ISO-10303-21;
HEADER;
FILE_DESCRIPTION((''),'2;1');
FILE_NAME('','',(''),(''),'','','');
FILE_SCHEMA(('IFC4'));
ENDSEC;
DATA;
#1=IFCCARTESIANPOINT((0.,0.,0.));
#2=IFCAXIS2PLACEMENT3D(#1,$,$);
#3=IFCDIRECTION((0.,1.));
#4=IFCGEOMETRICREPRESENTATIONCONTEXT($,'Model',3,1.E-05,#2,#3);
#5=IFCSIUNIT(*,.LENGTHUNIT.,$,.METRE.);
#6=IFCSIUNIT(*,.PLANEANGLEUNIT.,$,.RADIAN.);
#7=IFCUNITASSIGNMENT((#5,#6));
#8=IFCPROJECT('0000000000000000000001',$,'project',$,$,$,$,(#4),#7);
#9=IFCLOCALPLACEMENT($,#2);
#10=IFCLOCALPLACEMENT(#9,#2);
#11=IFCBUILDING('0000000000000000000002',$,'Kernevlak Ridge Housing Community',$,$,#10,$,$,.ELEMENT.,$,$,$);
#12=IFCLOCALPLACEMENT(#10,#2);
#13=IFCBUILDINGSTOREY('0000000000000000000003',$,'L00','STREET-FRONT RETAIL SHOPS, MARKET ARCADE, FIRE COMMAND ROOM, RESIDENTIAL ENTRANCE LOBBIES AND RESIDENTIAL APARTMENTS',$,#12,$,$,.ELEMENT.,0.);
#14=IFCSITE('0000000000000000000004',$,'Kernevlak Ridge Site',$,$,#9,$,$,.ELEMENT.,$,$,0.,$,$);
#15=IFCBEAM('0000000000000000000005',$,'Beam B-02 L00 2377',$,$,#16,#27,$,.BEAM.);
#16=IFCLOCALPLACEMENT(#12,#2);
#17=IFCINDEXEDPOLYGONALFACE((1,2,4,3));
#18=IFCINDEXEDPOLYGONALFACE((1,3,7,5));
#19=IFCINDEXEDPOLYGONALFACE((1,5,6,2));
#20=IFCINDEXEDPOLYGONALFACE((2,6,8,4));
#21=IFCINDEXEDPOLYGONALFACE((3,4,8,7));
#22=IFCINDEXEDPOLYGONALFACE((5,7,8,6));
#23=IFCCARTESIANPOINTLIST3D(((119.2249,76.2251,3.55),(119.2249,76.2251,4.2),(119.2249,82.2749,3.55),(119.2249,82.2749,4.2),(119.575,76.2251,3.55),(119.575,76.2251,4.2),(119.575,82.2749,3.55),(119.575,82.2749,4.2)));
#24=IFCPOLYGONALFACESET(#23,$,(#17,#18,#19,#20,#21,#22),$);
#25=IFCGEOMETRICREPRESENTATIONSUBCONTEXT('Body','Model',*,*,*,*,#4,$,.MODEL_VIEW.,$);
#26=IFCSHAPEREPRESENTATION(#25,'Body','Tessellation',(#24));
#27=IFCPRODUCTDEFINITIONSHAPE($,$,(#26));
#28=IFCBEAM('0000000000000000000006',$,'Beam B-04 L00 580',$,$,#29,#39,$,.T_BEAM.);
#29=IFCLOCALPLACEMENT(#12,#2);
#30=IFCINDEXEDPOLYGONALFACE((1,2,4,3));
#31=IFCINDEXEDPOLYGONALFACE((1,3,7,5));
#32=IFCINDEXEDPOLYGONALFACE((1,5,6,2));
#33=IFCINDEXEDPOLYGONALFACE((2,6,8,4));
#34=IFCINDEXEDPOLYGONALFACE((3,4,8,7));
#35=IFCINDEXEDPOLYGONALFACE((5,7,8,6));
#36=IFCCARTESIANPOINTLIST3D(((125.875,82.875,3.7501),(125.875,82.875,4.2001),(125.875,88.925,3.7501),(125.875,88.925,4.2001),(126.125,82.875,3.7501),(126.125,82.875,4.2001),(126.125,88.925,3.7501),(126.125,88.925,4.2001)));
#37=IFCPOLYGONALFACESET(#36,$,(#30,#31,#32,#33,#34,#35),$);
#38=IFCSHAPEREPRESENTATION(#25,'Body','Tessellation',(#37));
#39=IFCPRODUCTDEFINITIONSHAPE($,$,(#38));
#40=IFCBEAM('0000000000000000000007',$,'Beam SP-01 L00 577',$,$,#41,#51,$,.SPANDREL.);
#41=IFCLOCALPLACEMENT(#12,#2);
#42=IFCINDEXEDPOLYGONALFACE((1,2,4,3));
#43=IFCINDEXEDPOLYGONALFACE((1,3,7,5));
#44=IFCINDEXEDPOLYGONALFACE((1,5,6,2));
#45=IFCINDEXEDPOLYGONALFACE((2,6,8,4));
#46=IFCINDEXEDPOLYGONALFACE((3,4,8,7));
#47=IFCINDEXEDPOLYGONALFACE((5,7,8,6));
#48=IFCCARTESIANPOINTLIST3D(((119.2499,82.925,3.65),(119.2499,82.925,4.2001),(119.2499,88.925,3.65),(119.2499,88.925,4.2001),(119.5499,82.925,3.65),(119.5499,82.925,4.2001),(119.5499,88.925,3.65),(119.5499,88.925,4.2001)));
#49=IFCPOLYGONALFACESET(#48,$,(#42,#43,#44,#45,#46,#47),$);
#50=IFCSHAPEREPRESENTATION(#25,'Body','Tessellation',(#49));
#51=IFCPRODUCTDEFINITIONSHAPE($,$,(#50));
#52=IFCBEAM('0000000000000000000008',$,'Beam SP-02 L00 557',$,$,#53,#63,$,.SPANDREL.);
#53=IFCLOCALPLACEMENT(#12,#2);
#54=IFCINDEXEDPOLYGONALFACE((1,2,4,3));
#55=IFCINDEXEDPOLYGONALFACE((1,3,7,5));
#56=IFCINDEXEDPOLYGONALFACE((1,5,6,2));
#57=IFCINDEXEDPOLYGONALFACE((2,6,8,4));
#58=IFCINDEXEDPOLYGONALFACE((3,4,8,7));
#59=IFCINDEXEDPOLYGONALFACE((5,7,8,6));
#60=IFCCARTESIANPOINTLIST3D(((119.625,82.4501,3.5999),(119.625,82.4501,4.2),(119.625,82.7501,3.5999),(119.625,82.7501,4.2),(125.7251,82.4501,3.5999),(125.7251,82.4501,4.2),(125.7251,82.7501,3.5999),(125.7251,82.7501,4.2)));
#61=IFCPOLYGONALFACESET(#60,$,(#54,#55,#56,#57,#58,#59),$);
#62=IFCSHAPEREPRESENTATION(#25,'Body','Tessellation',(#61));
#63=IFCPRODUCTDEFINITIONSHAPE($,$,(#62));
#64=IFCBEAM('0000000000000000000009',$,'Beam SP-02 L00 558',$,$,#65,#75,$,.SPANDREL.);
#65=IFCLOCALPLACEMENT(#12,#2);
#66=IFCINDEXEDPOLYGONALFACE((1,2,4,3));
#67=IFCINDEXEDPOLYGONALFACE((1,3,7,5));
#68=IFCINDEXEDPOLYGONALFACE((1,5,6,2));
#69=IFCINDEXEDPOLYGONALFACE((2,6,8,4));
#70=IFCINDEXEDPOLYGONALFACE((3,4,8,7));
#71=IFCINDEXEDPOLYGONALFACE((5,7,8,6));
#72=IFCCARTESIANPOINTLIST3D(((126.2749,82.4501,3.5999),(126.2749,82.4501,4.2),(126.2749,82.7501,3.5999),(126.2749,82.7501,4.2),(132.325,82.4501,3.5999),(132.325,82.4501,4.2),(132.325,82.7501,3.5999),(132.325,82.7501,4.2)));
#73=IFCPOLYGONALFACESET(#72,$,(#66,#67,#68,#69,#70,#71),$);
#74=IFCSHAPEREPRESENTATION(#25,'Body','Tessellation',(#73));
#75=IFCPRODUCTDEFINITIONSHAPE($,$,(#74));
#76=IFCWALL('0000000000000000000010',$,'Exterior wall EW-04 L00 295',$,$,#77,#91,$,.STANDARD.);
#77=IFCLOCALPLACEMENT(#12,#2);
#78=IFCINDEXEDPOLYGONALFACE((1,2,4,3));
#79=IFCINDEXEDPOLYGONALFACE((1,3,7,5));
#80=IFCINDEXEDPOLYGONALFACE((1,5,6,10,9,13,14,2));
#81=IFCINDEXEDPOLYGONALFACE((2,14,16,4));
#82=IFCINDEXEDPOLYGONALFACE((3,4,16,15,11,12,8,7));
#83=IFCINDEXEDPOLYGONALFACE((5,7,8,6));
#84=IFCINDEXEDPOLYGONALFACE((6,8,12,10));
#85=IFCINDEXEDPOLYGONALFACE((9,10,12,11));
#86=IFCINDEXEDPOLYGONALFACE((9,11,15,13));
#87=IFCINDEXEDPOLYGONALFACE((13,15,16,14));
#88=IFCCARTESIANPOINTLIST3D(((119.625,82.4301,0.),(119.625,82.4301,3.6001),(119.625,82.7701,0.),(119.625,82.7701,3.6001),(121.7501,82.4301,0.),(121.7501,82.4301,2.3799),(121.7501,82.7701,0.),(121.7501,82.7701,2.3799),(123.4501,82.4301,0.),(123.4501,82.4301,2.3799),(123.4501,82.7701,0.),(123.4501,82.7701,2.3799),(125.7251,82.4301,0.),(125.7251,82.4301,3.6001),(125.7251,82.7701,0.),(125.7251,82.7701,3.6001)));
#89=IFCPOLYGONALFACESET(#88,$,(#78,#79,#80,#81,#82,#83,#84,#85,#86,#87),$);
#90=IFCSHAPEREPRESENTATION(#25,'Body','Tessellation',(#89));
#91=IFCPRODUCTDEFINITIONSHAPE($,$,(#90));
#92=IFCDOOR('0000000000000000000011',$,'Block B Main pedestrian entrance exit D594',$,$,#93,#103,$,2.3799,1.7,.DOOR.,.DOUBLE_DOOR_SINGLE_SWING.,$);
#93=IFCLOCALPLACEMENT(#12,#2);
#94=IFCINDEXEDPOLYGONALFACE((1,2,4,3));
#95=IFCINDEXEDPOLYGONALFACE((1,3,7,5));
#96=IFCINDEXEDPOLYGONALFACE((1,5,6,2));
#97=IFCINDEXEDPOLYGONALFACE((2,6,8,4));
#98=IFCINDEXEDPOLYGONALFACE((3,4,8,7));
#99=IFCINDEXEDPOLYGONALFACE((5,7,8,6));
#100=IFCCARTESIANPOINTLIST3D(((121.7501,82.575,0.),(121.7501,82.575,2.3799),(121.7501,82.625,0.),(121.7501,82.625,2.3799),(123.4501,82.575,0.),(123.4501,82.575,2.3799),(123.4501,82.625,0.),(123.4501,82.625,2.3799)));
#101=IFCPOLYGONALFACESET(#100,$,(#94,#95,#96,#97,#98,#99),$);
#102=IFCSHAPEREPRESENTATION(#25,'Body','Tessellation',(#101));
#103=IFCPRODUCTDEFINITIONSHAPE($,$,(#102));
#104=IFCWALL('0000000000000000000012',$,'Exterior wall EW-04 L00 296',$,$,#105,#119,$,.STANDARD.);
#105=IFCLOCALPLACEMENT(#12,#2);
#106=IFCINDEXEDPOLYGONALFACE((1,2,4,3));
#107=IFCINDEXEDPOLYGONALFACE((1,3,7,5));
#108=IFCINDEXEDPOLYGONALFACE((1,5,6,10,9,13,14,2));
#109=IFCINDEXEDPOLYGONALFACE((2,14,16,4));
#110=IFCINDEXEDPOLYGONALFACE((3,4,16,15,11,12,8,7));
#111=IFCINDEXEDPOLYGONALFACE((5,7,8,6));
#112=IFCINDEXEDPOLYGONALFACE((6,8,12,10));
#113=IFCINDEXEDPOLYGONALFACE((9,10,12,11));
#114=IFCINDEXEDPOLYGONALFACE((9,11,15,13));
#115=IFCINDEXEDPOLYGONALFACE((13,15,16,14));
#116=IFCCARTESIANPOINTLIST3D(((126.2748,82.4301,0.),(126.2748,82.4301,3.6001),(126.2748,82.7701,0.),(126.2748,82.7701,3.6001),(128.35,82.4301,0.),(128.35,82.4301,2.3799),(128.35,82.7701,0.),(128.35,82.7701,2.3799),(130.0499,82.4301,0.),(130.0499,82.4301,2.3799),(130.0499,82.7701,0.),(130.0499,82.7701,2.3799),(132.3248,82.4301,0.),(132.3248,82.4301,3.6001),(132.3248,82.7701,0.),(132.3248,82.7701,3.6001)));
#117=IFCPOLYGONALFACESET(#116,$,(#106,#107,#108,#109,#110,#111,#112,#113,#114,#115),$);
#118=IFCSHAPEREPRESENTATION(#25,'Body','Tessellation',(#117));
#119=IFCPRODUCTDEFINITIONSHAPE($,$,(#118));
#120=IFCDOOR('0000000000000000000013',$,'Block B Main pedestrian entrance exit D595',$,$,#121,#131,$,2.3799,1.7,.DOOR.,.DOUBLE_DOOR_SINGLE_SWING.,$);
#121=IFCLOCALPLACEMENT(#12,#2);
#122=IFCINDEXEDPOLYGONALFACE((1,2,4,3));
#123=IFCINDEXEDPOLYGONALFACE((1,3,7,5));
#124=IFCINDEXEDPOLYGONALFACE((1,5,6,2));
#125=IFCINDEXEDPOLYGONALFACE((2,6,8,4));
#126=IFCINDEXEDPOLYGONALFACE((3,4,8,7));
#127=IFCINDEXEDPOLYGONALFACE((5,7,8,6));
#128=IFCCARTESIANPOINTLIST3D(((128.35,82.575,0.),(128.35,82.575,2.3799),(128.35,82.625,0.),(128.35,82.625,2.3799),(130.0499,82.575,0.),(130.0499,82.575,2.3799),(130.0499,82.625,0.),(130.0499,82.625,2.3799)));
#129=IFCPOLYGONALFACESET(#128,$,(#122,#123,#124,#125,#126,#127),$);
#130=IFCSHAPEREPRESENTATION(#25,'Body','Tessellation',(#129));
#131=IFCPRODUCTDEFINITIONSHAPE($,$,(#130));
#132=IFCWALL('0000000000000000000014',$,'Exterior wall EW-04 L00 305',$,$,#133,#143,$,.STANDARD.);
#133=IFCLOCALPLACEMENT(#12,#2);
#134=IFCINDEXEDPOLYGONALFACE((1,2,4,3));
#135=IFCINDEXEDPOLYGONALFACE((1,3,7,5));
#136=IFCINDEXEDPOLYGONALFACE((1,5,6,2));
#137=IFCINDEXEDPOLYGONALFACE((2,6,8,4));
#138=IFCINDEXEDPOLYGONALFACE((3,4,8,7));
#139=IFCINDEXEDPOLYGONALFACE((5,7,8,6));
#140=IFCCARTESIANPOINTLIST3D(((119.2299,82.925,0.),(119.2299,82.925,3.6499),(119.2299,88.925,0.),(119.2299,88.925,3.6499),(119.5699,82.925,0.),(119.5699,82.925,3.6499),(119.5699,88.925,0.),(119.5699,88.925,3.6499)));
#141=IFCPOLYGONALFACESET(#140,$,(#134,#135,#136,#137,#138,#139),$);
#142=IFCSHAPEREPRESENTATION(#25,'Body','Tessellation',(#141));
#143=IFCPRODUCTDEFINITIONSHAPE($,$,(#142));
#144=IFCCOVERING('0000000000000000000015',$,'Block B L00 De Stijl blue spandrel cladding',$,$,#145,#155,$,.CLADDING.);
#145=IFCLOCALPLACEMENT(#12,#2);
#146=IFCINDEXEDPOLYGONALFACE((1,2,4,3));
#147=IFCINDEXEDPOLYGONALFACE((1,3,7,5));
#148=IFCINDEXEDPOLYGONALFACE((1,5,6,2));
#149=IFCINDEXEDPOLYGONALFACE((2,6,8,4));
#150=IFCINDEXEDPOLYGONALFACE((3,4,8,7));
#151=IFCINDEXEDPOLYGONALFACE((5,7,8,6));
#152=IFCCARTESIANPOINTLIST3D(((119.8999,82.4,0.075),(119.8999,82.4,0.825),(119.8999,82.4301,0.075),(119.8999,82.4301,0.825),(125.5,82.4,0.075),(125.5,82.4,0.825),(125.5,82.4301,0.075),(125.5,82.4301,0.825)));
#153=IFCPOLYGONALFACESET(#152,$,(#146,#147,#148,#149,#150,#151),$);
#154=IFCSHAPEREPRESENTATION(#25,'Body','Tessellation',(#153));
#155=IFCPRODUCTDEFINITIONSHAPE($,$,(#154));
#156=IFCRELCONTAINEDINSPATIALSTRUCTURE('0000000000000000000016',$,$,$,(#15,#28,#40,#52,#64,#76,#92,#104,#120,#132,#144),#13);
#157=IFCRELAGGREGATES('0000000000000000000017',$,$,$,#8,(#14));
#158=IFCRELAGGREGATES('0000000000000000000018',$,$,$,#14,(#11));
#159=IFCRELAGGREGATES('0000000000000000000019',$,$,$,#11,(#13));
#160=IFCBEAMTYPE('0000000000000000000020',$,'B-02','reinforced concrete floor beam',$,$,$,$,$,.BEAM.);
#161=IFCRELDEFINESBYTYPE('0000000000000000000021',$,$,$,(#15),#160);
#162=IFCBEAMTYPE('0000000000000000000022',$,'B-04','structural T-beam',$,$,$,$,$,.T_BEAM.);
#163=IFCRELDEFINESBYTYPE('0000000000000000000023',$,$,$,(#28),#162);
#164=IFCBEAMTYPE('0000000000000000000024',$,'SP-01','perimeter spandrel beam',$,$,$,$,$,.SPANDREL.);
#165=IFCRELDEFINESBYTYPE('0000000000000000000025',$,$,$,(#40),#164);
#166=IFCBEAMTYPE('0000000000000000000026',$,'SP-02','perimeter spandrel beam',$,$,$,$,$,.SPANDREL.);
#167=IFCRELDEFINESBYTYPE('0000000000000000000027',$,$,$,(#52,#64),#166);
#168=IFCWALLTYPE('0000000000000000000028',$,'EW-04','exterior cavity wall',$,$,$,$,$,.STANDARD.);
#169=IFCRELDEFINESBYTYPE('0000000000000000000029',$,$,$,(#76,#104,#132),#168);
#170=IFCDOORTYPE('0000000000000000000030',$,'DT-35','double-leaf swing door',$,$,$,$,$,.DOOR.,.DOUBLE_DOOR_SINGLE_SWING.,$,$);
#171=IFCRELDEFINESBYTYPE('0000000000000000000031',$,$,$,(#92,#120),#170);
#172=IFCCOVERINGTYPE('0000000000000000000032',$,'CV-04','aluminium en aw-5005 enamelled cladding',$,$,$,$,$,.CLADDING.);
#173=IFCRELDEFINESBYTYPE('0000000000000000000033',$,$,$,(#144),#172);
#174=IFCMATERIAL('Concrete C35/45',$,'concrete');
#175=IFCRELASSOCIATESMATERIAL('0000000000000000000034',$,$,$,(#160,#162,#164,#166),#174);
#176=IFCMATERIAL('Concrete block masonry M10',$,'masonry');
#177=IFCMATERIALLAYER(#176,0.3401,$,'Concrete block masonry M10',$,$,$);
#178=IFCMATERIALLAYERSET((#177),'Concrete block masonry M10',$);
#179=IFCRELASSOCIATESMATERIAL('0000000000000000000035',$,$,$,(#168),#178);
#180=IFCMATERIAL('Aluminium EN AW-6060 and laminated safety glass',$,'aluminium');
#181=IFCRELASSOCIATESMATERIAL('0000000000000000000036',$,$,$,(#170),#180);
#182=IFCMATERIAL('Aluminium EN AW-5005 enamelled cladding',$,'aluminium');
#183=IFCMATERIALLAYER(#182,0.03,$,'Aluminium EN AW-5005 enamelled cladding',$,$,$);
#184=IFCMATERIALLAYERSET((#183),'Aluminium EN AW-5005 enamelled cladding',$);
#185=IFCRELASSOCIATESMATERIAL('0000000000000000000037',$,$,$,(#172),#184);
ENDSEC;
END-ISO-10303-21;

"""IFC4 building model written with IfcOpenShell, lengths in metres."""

from ifc_helpers import new_model, si_unit, direction, frame, frame_2d, origin, origin_2d, place, context, subcontext, project, spatial, rectangle, extrude, material, layer, layer_set, material_profile, profile_set, type_object, element, fill, save


model = new_model("IFC4")

# Units and contexts
model_context = context("Model", 3, precision=1e-05, world=origin(), true_north=direction((0.0, 1.0)))
body_context = subcontext(model_context, "Body", "Model", "MODEL_VIEW")
ifc_project = project(units=[si_unit("LENGTHUNIT", "METRE"), si_unit("PLANEANGLEUNIT", "RADIAN")], contexts=[model_context])

# Site, building, storey
site_placement = place(None, origin())
site = spatial("IfcSite", under=ifc_project, at=site_placement, Name="Kernevlak Ridge Site", CompositionType="ELEMENT", RefElevation=0.0)
building_placement = place(site_placement, origin())
building = spatial("IfcBuilding", under=site, at=building_placement, Name="Kernevlak Ridge Housing Community", CompositionType="ELEMENT")
storey_placement = place(building_placement, origin())
storey = spatial("IfcBuildingStorey", under=building, at=storey_placement, Name="L00", Description="STREET-FRONT RETAIL SHOPS, MARKET ARCADE, FIRE COMMAND ROOM, RESIDENTIAL ENTRANCE LOBBIES AND RESIDENTIAL APARTMENTS", CompositionType="ELEMENT", Elevation=0.0)

# Shared definitions
ifc_material_1 = material(Name="Concrete C35/45", Category="concrete")

# Beams
ifc_material_profile_1 = material_profile(ifc_material_1, rectangle(XDim=0.3501, YDim=0.6499, at=origin_2d()), Name="RC 350x650")
ifc_profile_set_1 = profile_set([ifc_material_profile_1], Name="Concrete C35/45")
beam_type_1 = type_object("IfcBeamType", Name="B-02", Description="reinforced concrete floor beam", PredefinedType="BEAM", material=ifc_profile_set_1)
beam_1_placement = place(storey_placement, frame((119.3999, 76.2251, 3.875), z_axis=(0.0, 1.0, 0.0), x_axis=(-1.0, 0.0, 0.0)))
element("IfcBeam", 1, at=beam_1_placement, inside=storey, type_object=beam_type_1, Name="Beam B-02 L00 2377", PredefinedType="BEAM", context=body_context, shape_type="SweptSolid", body=[
    extrude(rectangle(XDim=0.3501, YDim=0.6499, at=origin_2d()), origin(), (0.0, 0.0, 1.0), 6.0498),
])
ifc_material_profile_2 = material_profile(ifc_material_1, rectangle(XDim=0.25, YDim=0.45, at=origin_2d()), Name="RC 250x450")
ifc_profile_set_2 = profile_set([ifc_material_profile_2], Name="Concrete C35/45")
beam_type_2 = type_object("IfcBeamType", Name="B-04", Description="structural T-beam", PredefinedType="T_BEAM", material=ifc_profile_set_2)
beam_2_placement = place(storey_placement, frame((126.0, 82.875, 3.9751), z_axis=(0.0, 1.0, 0.0), x_axis=(-1.0, 0.0, 0.0)))
element("IfcBeam", 2, at=beam_2_placement, inside=storey, type_object=beam_type_2, Name="Beam B-04 L00 580", PredefinedType="T_BEAM", context=body_context, shape_type="SweptSolid", body=[
    extrude(rectangle(XDim=0.25, YDim=0.45, at=origin_2d()), origin(), (0.0, 0.0, 1.0), 6.05),
])
ifc_material_profile_3 = material_profile(ifc_material_1, rectangle(XDim=0.3, YDim=0.55, at=origin_2d()), Name="RC 300x550")
ifc_profile_set_3 = profile_set([ifc_material_profile_3], Name="Concrete C35/45")
beam_type_3 = type_object("IfcBeamType", Name="SP-01", Description="perimeter spandrel beam", PredefinedType="SPANDREL", material=ifc_profile_set_3)
beam_3_placement = place(storey_placement, frame((119.3999, 82.925, 3.925), z_axis=(0.0, 1.0, 0.0), x_axis=(-1.0, 0.0, 0.0)))
element("IfcBeam", 3, at=beam_3_placement, inside=storey, type_object=beam_type_3, Name="Beam SP-01 L00 577", PredefinedType="SPANDREL", context=body_context, shape_type="SweptSolid", body=[
    extrude(rectangle(XDim=0.3, YDim=0.55, at=origin_2d()), origin(), (0.0, 0.0, 1.0), 6.0),
])
ifc_material_profile_4 = material_profile(ifc_material_1, rectangle(XDim=0.3, YDim=0.6001, at=origin_2d()), Name="RC 300x600")
ifc_profile_set_4 = profile_set([ifc_material_profile_4], Name="Concrete C35/45")
beam_type_4 = type_object("IfcBeamType", Name="SP-02", Description="perimeter spandrel beam", PredefinedType="SPANDREL", material=ifc_profile_set_4)
beam_4_placement = place(storey_placement, frame((119.625, 82.6001, 3.8999), z_axis=(1.0, 0.0, 0.0), x_axis=(0.0, 1.0, 0.0)))
element("IfcBeam", 4, at=beam_4_placement, inside=storey, type_object=beam_type_4, Name="Beam SP-02 L00 557", PredefinedType="SPANDREL", context=body_context, shape_type="SweptSolid", body=[
    extrude(rectangle(XDim=0.3, YDim=0.6001, at=origin_2d()), origin(), (0.0, 0.0, 1.0), 6.1001),
])
beam_5_placement = place(storey_placement, frame((126.2749, 82.6001, 3.8999), z_axis=(1.0, 0.0, 0.0), x_axis=(0.0, 1.0, 0.0)))
element("IfcBeam", 5, at=beam_5_placement, inside=storey, type_object=beam_type_4, Name="Beam SP-02 L00 558", PredefinedType="SPANDREL", context=body_context, shape_type="SweptSolid", body=[
    extrude(rectangle(XDim=0.3, YDim=0.6001, at=origin_2d()), origin(), (0.0, 0.0, 1.0), 6.05),
])

# Walls, openings, doors
ifc_material_2 = material(Name="Concrete block masonry M10", Category="masonry")
ifc_layer_1 = layer(ifc_material_2, 0.3401, Name="Concrete block masonry M10")
ifc_layer_set_1 = layer_set([ifc_layer_1], Name="Concrete block masonry M10")
wall_type = type_object("IfcWallType", Name="EW-04", Description="exterior cavity wall", PredefinedType="STANDARD", material=ifc_layer_set_1)
wall_1_placement = place(storey_placement, frame((119.625, 82.6001, 0.0), z_axis=(0.0, 0.0, 1.0), x_axis=(1.0, 0.0, 0.0)))
wall_1 = element("IfcWall", 6, at=wall_1_placement, inside=storey, type_object=wall_type, Name="Exterior wall EW-04 L00 295", PredefinedType="STANDARD", context=body_context, shape_type="SweptSolid", body=[
    extrude(rectangle(XDim=6.1001, YDim=0.3401, at=frame_2d((3.05, 0.0))), origin(), (0.0, 0.0, 1.0), 3.6001),
])
opening_1_placement = place(wall_1_placement, frame((2.125, 0.0, 0.0)))
opening_1 = element("IfcOpeningElement", 7, at=opening_1_placement, cuts=wall_1, PredefinedType="OPENING", context=body_context, shape_type="SweptSolid", body=[
    extrude(rectangle(XDim=1.7, YDim=2.3799, at=frame_2d((0.8501, 1.1899))), frame((0.0, 0.1799, 0.0), z_axis=(0.0, -1.0, 0.0), x_axis=(1.0, 0.0, 0.0)), (0.0, 0.0, 1.0), 0.3601),
])
ifc_material_3 = material(Name="Aluminium EN AW-6060 and laminated safety glass", Category="aluminium")
door_type = type_object("IfcDoorType", Name="DT-35", Description="double-leaf swing door", OperationType="DOUBLE_DOOR_SINGLE_SWING", PredefinedType="DOOR", material=ifc_material_3)
door_1_placement = place(opening_1_placement, origin())
door_1 = element("IfcDoor", 8, at=door_1_placement, inside=storey, type_object=door_type, Name="Block B Main pedestrian entrance exit D594", OperationType="DOUBLE_DOOR_SINGLE_SWING", OverallHeight=2.3799, OverallWidth=1.7, PredefinedType="DOOR", context=body_context, shape_type="SweptSolid", body=[
    extrude(rectangle(XDim=1.7, YDim=2.3799, at=frame_2d((0.8501, 1.1899))), frame((0.0, 0.0249, 0.0), z_axis=(0.0, -1.0, 0.0), x_axis=(1.0, 0.0, 0.0)), (0.0, 0.0, 1.0), 0.05),
])
fill(opening_1, door_1)
wall_2_placement = place(storey_placement, frame((126.2749, 82.6001, 0.0), z_axis=(0.0, 0.0, 1.0), x_axis=(1.0, 0.0, 0.0)))
wall_2 = element("IfcWall", 9, at=wall_2_placement, inside=storey, type_object=wall_type, Name="Exterior wall EW-04 L00 296", PredefinedType="STANDARD", context=body_context, shape_type="SweptSolid", body=[
    extrude(rectangle(XDim=6.05, YDim=0.3401, at=frame_2d((3.0249, 0.0))), origin(), (0.0, 0.0, 1.0), 3.6001),
])
opening_2_placement = place(wall_2_placement, frame((2.075, 0.0, 0.0)))
opening_2 = element("IfcOpeningElement", 10, at=opening_2_placement, cuts=wall_2, PredefinedType="OPENING", context=body_context, shape_type="SweptSolid", body=[
    extrude(rectangle(XDim=1.7, YDim=2.3799, at=frame_2d((0.8501, 1.1899))), frame((0.0, 0.1799, 0.0), z_axis=(0.0, -1.0, 0.0), x_axis=(1.0, 0.0, 0.0)), (0.0, 0.0, 1.0), 0.3601),
])
door_2_placement = place(opening_2_placement, origin())
door_2 = element("IfcDoor", 11, at=door_2_placement, inside=storey, type_object=door_type, Name="Block B Main pedestrian entrance exit D595", OperationType="DOUBLE_DOOR_SINGLE_SWING", OverallHeight=2.3799, OverallWidth=1.7, PredefinedType="DOOR", context=body_context, shape_type="SweptSolid", body=[
    extrude(rectangle(XDim=1.7, YDim=2.3799, at=frame_2d((0.8501, 1.1899))), frame((0.0, 0.0249, 0.0), z_axis=(0.0, -1.0, 0.0), x_axis=(1.0, 0.0, 0.0)), (0.0, 0.0, 1.0), 0.05),
])
fill(opening_2, door_2)

# Wall
wall_3_placement = place(storey_placement, frame((119.3999, 82.925, 0.0), z_axis=(0.0, 0.0, 1.0), x_axis=(0.0, 1.0, 0.0)))
element("IfcWall", 12, at=wall_3_placement, inside=storey, type_object=wall_type, Name="Exterior wall EW-04 L00 305", PredefinedType="STANDARD", context=body_context, shape_type="SweptSolid", body=[
    extrude(rectangle(XDim=6.0, YDim=0.3401, at=frame_2d((3.0, 0.0))), origin(), (0.0, 0.0, 1.0), 3.6499),
])

# Covering
ifc_material_4 = material(Name="Aluminium EN AW-5005 enamelled cladding", Category="aluminium")
ifc_layer_2 = layer(ifc_material_4, 0.03, Name="Aluminium EN AW-5005 enamelled cladding")
ifc_layer_set_2 = layer_set([ifc_layer_2], Name="Aluminium EN AW-5005 enamelled cladding")
covering_type = type_object("IfcCoveringType", Name="CV-04", Description="aluminium en aw-5005 enamelled cladding", PredefinedType="CLADDING", material=ifc_layer_set_2)
covering_placement = place(storey_placement, frame((122.7, 82.415, 0.075), z_axis=(0.0, 0.0, 1.0), x_axis=(1.0, 0.0, 0.0)))
element("IfcCovering", 13, at=covering_placement, inside=storey, type_object=covering_type, Name="Block B L00 De Stijl blue spandrel cladding", PredefinedType="CLADDING", context=body_context, shape_type="SweptSolid", body=[
    extrude(rectangle(XDim=5.6001, YDim=0.03, at=origin_2d()), origin(), (0.0, 0.0, 1.0), 0.75),
])

save(model, "model.ifc")
